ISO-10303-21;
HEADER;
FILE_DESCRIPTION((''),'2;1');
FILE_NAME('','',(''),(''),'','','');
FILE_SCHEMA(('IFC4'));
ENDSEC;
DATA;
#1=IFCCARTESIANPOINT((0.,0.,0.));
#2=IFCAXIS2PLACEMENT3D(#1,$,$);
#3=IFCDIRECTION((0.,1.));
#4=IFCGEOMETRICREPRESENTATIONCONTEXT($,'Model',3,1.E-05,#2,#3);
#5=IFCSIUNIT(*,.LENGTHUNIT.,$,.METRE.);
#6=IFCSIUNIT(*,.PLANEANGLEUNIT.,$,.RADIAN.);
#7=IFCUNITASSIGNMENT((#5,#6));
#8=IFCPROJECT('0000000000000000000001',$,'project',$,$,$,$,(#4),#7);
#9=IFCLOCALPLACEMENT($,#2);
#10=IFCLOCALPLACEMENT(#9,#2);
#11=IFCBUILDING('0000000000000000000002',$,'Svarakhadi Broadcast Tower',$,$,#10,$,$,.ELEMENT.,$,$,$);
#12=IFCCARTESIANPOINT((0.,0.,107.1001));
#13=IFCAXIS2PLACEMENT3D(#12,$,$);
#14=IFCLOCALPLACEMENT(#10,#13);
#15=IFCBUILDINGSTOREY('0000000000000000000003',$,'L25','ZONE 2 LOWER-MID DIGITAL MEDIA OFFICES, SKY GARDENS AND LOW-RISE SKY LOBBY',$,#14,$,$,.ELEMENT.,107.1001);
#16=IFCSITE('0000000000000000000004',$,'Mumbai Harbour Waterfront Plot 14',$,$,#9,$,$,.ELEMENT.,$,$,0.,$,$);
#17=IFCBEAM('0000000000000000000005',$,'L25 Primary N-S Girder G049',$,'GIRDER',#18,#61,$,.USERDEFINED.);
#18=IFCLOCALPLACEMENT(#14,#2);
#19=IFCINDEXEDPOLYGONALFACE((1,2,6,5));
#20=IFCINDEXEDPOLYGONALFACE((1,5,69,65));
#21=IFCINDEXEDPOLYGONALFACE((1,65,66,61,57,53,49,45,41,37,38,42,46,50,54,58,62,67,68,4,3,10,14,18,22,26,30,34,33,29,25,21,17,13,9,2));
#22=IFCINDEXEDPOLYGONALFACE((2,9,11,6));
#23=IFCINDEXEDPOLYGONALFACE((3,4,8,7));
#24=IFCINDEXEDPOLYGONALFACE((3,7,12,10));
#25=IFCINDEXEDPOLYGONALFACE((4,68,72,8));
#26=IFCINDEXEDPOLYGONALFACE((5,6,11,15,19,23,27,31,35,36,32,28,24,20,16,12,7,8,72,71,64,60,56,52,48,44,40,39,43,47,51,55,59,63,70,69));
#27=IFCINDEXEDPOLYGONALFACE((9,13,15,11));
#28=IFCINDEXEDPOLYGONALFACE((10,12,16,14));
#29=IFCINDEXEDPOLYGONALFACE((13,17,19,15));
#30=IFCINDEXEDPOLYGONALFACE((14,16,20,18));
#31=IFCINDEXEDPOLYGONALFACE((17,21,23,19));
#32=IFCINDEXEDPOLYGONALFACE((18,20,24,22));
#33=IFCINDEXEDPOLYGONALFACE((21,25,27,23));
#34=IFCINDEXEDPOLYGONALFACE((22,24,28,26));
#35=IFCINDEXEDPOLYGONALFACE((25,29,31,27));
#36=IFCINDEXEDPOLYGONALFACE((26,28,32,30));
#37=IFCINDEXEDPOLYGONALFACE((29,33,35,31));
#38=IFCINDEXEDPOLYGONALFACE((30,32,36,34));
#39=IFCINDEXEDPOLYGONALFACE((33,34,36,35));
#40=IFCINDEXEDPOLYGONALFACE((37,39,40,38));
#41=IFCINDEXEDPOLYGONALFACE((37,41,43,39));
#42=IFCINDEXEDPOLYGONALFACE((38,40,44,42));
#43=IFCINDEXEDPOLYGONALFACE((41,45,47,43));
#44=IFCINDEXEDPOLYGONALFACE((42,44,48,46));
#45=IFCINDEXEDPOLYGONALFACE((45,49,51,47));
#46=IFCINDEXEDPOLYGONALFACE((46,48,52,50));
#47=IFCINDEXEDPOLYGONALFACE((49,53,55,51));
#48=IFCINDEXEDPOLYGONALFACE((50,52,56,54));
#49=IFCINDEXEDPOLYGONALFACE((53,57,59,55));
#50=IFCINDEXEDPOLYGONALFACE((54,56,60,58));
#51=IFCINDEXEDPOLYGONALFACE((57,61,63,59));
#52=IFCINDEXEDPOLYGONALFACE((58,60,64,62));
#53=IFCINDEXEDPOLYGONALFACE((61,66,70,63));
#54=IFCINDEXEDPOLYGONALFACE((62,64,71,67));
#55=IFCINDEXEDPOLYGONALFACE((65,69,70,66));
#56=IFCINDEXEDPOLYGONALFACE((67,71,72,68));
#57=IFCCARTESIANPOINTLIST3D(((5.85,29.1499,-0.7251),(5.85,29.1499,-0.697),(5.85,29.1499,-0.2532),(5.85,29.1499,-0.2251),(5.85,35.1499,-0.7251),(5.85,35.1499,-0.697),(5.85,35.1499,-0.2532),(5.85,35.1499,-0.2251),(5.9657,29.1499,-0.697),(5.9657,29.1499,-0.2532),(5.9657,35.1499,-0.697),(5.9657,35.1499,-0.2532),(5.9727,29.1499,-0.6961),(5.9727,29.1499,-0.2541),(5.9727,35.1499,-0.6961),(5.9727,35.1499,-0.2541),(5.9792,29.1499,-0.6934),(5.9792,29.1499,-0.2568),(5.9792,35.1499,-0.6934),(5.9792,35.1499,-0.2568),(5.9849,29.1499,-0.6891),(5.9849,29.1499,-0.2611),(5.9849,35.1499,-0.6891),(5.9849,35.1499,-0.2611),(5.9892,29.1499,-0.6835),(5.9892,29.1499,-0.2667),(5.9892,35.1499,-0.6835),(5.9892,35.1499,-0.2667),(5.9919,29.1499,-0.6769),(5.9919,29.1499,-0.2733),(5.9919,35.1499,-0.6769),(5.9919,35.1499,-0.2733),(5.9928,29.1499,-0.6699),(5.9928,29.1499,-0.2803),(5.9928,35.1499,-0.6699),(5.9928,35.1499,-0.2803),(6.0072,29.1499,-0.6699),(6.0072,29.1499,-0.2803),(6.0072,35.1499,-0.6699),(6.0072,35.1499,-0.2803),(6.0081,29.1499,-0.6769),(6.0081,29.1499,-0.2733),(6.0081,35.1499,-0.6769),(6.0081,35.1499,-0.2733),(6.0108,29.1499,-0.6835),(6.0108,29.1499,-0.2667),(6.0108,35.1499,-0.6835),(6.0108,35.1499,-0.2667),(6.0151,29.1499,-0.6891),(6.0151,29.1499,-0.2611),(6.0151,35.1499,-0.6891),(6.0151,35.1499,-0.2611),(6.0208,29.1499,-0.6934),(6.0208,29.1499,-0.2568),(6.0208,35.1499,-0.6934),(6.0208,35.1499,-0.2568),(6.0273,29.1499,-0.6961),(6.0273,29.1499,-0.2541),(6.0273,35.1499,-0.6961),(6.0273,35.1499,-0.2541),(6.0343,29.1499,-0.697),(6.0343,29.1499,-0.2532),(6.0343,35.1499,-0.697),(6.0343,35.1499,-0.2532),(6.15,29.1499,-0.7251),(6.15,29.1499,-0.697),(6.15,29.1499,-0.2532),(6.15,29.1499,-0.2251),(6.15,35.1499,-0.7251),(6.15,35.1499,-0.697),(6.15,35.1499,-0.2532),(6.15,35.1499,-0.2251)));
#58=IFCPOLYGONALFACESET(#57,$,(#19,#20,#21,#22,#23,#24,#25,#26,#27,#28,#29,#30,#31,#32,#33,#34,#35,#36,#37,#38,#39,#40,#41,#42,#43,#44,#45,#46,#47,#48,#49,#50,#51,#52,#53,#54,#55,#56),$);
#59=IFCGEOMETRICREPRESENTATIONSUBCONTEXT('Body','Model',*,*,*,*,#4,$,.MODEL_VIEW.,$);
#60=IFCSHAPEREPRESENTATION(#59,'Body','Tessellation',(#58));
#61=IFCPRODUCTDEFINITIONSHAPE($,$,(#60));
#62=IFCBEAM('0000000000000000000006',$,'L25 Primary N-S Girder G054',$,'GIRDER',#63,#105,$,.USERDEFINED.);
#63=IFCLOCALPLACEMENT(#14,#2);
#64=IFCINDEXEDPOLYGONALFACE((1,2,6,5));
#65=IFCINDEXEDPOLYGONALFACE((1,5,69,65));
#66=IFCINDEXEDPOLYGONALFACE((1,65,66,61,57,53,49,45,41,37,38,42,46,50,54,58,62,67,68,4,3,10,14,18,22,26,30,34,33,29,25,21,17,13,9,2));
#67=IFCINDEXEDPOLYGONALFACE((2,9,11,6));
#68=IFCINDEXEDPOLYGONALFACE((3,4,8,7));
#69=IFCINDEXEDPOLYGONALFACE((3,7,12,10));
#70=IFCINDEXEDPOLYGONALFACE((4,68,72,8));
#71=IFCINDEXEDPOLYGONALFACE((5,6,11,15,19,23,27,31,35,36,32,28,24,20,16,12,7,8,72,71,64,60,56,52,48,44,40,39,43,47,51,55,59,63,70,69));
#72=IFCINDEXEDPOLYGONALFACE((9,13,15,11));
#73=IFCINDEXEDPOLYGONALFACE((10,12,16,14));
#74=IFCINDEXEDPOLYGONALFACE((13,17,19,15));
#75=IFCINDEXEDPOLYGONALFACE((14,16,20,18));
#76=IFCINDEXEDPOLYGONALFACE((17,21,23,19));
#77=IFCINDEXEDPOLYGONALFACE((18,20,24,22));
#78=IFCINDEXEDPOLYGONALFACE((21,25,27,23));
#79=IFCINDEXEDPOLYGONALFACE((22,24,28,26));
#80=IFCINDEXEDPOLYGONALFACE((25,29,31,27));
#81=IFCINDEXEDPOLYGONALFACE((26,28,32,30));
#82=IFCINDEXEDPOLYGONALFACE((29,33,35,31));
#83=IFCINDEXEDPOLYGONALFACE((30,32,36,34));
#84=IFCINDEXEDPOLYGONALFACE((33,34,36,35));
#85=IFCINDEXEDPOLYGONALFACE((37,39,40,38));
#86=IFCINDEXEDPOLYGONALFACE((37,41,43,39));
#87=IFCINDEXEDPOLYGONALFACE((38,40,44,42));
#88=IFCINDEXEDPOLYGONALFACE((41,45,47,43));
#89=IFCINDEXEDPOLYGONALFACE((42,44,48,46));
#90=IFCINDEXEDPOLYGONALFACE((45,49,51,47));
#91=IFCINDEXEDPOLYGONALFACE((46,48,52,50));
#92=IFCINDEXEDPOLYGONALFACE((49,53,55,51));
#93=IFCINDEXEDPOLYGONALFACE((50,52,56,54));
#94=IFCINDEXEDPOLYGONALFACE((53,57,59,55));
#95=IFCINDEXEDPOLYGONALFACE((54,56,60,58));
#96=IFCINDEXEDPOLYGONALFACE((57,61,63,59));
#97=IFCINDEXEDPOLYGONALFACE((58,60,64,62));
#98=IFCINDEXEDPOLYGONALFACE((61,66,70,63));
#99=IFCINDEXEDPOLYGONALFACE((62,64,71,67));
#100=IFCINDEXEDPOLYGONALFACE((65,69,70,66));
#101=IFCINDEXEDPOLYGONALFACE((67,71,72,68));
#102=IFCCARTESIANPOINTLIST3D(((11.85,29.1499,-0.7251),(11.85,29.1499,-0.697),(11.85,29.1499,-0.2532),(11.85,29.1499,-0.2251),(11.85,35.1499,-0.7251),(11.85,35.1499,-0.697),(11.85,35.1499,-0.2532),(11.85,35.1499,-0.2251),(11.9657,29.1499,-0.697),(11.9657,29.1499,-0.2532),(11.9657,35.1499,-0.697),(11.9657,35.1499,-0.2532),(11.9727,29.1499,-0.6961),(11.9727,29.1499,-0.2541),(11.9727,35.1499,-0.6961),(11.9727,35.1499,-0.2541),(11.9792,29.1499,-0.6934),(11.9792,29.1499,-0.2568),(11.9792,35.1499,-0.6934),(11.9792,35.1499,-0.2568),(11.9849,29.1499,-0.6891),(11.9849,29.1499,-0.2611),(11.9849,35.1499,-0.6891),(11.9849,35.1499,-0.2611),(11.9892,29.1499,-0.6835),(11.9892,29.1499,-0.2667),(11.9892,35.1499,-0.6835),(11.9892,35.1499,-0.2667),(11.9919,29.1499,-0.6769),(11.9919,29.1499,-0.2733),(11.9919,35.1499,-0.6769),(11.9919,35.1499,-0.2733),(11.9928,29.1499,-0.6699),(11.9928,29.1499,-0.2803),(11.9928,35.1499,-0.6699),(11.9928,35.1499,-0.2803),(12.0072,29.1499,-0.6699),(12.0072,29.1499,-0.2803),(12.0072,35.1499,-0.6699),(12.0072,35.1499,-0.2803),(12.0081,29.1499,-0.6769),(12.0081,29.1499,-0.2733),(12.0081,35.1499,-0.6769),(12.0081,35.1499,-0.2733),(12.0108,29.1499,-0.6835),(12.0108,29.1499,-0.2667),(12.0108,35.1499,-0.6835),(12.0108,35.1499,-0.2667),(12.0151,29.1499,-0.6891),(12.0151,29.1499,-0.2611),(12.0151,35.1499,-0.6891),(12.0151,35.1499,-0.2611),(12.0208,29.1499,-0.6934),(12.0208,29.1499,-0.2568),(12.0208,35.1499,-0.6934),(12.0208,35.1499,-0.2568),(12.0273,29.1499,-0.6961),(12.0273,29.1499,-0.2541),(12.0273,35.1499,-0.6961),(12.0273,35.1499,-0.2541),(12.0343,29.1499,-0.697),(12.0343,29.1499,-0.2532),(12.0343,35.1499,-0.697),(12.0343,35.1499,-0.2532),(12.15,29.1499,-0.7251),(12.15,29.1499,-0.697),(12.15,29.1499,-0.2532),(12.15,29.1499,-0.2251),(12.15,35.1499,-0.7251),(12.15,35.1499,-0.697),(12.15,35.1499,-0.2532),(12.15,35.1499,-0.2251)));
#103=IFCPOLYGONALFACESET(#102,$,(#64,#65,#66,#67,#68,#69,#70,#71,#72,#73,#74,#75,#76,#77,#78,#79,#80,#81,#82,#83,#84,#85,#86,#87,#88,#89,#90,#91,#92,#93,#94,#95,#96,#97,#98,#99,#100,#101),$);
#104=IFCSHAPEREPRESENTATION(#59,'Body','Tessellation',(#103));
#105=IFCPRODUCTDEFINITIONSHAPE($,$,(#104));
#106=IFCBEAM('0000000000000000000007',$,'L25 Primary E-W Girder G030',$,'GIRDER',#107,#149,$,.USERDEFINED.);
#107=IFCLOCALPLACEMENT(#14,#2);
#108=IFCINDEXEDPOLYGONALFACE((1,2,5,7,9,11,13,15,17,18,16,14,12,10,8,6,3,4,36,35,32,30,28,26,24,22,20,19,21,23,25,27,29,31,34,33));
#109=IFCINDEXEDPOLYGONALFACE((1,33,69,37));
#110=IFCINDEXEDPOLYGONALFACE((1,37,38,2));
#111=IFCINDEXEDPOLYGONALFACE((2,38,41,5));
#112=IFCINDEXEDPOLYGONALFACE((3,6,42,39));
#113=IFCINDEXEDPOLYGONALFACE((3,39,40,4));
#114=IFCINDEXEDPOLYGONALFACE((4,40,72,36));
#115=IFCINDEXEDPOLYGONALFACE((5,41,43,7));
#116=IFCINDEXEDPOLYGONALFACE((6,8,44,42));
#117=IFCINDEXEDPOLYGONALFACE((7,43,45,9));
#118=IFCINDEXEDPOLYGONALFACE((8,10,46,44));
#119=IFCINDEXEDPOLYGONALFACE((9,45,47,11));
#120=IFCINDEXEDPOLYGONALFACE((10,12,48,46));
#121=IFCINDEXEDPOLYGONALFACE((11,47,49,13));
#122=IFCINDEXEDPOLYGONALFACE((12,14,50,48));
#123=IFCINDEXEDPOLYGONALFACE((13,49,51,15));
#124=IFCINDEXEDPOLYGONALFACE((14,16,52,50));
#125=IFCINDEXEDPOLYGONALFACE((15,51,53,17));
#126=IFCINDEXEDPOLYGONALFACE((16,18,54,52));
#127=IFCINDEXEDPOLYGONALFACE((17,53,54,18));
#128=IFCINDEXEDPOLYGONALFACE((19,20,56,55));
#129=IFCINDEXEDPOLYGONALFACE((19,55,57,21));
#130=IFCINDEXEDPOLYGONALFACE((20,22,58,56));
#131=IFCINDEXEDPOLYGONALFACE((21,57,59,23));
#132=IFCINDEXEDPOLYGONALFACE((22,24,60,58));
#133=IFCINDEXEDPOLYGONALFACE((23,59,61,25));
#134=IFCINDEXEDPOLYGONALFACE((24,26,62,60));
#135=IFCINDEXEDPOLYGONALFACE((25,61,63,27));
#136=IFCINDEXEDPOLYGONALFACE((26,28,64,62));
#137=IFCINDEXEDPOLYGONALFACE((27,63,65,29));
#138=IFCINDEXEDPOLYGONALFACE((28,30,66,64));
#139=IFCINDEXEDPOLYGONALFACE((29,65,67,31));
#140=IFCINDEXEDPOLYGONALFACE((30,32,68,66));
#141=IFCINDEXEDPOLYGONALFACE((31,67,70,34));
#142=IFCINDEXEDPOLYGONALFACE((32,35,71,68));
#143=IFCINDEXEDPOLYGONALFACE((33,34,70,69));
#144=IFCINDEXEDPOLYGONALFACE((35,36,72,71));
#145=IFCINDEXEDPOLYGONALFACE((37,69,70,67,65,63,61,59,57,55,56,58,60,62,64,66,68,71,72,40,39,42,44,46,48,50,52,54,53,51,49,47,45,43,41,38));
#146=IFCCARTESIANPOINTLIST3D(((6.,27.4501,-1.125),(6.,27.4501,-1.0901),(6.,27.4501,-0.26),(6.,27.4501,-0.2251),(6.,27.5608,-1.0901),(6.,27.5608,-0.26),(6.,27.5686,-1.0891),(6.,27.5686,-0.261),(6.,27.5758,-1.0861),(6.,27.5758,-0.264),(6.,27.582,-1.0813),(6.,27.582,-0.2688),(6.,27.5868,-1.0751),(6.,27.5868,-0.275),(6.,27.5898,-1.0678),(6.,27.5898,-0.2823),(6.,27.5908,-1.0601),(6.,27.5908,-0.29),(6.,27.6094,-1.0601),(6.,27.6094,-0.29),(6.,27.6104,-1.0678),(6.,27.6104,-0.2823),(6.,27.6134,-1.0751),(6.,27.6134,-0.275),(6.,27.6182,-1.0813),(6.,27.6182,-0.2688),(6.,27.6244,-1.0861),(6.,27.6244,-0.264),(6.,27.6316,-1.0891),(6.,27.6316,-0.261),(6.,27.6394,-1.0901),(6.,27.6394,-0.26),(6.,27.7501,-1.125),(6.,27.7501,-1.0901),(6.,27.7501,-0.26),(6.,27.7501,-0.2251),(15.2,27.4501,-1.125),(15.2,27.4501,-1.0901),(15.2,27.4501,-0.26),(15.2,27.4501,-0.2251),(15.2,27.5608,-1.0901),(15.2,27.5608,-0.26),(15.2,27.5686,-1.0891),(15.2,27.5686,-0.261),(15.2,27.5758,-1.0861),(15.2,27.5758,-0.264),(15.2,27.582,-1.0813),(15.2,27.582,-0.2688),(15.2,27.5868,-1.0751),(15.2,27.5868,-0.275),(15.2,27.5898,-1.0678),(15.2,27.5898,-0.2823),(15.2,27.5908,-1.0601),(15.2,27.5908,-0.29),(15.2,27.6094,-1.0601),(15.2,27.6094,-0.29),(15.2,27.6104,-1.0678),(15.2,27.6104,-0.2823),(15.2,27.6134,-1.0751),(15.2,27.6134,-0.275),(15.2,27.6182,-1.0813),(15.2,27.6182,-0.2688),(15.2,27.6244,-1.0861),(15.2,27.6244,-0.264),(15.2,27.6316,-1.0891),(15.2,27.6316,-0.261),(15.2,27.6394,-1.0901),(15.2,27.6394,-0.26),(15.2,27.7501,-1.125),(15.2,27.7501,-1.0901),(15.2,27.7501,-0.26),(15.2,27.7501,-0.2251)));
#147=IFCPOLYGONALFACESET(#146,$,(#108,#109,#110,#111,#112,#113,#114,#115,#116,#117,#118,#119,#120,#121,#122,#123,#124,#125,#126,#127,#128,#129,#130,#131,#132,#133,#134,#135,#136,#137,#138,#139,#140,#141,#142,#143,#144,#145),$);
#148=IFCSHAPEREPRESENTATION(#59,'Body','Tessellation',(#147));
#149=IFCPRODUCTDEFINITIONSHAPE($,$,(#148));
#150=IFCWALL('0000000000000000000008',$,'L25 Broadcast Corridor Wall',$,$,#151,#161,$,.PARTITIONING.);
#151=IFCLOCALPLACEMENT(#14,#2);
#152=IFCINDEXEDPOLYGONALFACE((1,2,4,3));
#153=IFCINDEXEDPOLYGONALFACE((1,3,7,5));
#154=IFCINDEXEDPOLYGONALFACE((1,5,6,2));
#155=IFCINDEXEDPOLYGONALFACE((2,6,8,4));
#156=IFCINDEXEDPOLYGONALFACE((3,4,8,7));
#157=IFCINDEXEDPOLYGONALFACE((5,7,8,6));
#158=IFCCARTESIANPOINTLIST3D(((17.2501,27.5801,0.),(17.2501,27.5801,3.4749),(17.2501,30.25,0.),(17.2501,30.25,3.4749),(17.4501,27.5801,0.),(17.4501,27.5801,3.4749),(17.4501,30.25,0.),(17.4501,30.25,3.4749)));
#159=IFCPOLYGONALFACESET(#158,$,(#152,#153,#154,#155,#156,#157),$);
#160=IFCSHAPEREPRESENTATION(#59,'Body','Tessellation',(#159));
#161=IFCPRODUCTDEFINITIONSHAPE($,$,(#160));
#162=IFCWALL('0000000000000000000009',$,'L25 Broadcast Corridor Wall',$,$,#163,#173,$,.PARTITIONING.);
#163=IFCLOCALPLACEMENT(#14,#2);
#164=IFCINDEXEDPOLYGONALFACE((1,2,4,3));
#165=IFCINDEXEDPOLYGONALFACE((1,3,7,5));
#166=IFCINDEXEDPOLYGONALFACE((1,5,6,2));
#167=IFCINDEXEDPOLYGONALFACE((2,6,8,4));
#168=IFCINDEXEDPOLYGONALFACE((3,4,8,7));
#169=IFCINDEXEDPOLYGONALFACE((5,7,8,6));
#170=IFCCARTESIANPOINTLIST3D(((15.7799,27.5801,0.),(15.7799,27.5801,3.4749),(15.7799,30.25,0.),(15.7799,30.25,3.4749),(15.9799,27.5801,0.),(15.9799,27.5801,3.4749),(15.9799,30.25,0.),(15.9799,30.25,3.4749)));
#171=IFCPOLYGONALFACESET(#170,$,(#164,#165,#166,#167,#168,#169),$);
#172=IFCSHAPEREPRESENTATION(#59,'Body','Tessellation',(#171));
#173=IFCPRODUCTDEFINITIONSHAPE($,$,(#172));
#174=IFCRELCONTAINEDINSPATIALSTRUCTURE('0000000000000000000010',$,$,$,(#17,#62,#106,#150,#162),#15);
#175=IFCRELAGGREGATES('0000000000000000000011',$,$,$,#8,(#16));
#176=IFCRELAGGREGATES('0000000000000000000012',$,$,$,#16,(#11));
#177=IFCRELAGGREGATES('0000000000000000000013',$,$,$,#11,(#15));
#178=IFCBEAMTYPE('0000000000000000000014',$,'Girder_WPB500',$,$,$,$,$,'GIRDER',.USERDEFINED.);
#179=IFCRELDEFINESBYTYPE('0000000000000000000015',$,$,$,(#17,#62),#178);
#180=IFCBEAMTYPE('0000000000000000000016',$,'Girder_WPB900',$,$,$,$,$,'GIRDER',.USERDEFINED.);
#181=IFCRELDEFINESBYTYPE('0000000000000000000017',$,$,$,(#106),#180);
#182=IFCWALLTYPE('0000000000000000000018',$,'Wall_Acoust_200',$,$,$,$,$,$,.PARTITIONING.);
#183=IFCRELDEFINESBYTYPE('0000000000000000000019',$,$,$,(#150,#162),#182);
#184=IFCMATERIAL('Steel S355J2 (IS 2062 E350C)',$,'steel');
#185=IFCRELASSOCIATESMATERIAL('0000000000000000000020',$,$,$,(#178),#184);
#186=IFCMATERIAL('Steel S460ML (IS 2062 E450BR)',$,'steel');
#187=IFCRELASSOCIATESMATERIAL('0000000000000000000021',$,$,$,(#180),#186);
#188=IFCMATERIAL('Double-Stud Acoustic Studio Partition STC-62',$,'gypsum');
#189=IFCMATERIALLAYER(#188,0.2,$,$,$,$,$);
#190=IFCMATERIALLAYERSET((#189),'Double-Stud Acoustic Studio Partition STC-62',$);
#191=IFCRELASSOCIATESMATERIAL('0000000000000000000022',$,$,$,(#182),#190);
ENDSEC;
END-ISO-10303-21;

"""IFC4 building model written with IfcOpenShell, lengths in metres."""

from ifc_helpers import new_model, si_unit, direction, frame, frame_2d, origin, origin_2d, place, context, subcontext, project, spatial, rectangle, i_section, extrude, material, layer, layer_set, material_profile, profile_set, type_object, element, save


model = new_model("IFC4")

# Units and contexts
model_context = context("Model", 3, precision=1e-05, world=origin(), true_north=direction((0.0, 1.0)))
body_context = subcontext(model_context, "Body", "Model", "MODEL_VIEW")
ifc_project = project(units=[si_unit("LENGTHUNIT", "METRE"), si_unit("PLANEANGLEUNIT", "RADIAN")], contexts=[model_context])

# Site, building, storey
site_placement = place(None, origin())
site = spatial("IfcSite", under=ifc_project, at=site_placement, Name="Mumbai Harbour Waterfront Plot 14", CompositionType="ELEMENT", RefElevation=0.0)
building_placement = place(site_placement, origin())
building = spatial("IfcBuilding", under=site, at=building_placement, Name="Svarakhadi Broadcast Tower", CompositionType="ELEMENT")
storey_placement = place(building_placement, frame((0.0, 0.0, 107.1001)))
storey = spatial("IfcBuildingStorey", under=building, at=storey_placement, Name="L25", Description="ZONE 2 LOWER-MID DIGITAL MEDIA OFFICES, SKY GARDENS AND LOW-RISE SKY LOBBY", CompositionType="ELEMENT", Elevation=107.1001)

# Shared definitions
ifc_material_1 = material(Name="Steel S460ML (IS 2062 E450BR)", Category="steel")

# Beams
ifc_material_2 = material(Name="Steel S355J2 (IS 2062 E350C)", Category="steel")
ifc_material_profile_1 = material_profile(ifc_material_2, i_section(OverallWidth=0.3, OverallDepth=0.5, WebThickness=0.0144, FlangeThickness=0.0281, FilletRadius=0.0271, at=origin_2d()), Name="WPB 500x300x187")
ifc_profile_set_1 = profile_set([ifc_material_profile_1], Name="Steel S355J2 (IS 2062 E350C)")
beam_type_1 = type_object("IfcBeamType", Name="Girder_WPB500", ElementType="GIRDER", PredefinedType="USERDEFINED", material=ifc_profile_set_1)
for number, where, z_axis, x_axis, name in (
    (1, (6.0, 29.1499, -0.4751), (0.0, 1.0, 0.0), (-1.0, 0.0, 0.0), "L25 Primary N-S Girder G049"),
    (2, (12.0, 29.1499, -0.4751), (0.0, 1.0, 0.0), (-1.0, 0.0, 0.0), "L25 Primary N-S Girder G054"),
):
    element("IfcBeam", number, at=place(storey_placement, frame(where, z_axis=z_axis, x_axis=x_axis)), inside=storey, type_object=beam_type_1, Name=name, ObjectType="GIRDER", PredefinedType="USERDEFINED", context=body_context, shape_type="SweptSolid", body=[
        extrude(i_section(OverallWidth=0.3, OverallDepth=0.5, WebThickness=0.0144, FlangeThickness=0.0281, FilletRadius=0.0271, at=origin_2d()), origin(), (0.0, 0.0, 1.0), 6.0),
    ])
ifc_material_profile_2 = material_profile(ifc_material_1, i_section(OverallWidth=0.3, OverallDepth=0.8999, WebThickness=0.0186, FlangeThickness=0.0349, FilletRadius=0.03, at=origin_2d()), Name="WPB 900x300x291")
ifc_profile_set_2 = profile_set([ifc_material_profile_2], Name="Steel S460ML (IS 2062 E450BR)")
beam_type_2 = type_object("IfcBeamType", Name="Girder_WPB900", ElementType="GIRDER", PredefinedType="USERDEFINED", material=ifc_profile_set_2)
beam_1_placement = place(storey_placement, frame((6.0, 27.6001, -0.675), z_axis=(1.0, 0.0, 0.0), x_axis=(0.0, 1.0, 0.0)))
element("IfcBeam", 3, at=beam_1_placement, inside=storey, type_object=beam_type_2, Name="L25 Primary E-W Girder G030", ObjectType="GIRDER", PredefinedType="USERDEFINED", context=body_context, shape_type="SweptSolid", body=[
    extrude(i_section(OverallWidth=0.3, OverallDepth=0.8999, WebThickness=0.0186, FlangeThickness=0.0349, FilletRadius=0.03, at=origin_2d()), origin(), (0.0, 0.0, 1.0), 9.2),
])

# Walls
ifc_material_3 = material(Name="Double-Stud Acoustic Studio Partition STC-62", Category="gypsum")
ifc_layer_1 = layer(ifc_material_3, 0.2)
ifc_layer_set_1 = layer_set([ifc_layer_1], Name="Double-Stud Acoustic Studio Partition STC-62")
wall_type_1 = type_object("IfcWallType", Name="Wall_Acoust_200", PredefinedType="PARTITIONING", material=ifc_layer_set_1)
for number, where, z_axis, x_axis, name in (
    (4, (17.3501, 30.25, 0.0), (0.0, 0.0, 1.0), (0.0, -1.0, 0.0), "L25 Broadcast Corridor Wall"),
    (5, (15.8799, 27.5801, 0.0), (0.0, 0.0, 1.0), (0.0, 1.0, 0.0), "L25 Broadcast Corridor Wall"),
):
    element("IfcWall", number, at=place(storey_placement, frame(where, z_axis=z_axis, x_axis=x_axis)), inside=storey, type_object=wall_type_1, Name=name, PredefinedType="PARTITIONING", context=body_context, shape_type="SweptSolid", body=[
        extrude(rectangle(XDim=2.6699, YDim=0.2, at=frame_2d((1.335, 0.0))), origin(), (0.0, 0.0, 1.0), 3.4749),
    ])

save(model, "model.ifc")
